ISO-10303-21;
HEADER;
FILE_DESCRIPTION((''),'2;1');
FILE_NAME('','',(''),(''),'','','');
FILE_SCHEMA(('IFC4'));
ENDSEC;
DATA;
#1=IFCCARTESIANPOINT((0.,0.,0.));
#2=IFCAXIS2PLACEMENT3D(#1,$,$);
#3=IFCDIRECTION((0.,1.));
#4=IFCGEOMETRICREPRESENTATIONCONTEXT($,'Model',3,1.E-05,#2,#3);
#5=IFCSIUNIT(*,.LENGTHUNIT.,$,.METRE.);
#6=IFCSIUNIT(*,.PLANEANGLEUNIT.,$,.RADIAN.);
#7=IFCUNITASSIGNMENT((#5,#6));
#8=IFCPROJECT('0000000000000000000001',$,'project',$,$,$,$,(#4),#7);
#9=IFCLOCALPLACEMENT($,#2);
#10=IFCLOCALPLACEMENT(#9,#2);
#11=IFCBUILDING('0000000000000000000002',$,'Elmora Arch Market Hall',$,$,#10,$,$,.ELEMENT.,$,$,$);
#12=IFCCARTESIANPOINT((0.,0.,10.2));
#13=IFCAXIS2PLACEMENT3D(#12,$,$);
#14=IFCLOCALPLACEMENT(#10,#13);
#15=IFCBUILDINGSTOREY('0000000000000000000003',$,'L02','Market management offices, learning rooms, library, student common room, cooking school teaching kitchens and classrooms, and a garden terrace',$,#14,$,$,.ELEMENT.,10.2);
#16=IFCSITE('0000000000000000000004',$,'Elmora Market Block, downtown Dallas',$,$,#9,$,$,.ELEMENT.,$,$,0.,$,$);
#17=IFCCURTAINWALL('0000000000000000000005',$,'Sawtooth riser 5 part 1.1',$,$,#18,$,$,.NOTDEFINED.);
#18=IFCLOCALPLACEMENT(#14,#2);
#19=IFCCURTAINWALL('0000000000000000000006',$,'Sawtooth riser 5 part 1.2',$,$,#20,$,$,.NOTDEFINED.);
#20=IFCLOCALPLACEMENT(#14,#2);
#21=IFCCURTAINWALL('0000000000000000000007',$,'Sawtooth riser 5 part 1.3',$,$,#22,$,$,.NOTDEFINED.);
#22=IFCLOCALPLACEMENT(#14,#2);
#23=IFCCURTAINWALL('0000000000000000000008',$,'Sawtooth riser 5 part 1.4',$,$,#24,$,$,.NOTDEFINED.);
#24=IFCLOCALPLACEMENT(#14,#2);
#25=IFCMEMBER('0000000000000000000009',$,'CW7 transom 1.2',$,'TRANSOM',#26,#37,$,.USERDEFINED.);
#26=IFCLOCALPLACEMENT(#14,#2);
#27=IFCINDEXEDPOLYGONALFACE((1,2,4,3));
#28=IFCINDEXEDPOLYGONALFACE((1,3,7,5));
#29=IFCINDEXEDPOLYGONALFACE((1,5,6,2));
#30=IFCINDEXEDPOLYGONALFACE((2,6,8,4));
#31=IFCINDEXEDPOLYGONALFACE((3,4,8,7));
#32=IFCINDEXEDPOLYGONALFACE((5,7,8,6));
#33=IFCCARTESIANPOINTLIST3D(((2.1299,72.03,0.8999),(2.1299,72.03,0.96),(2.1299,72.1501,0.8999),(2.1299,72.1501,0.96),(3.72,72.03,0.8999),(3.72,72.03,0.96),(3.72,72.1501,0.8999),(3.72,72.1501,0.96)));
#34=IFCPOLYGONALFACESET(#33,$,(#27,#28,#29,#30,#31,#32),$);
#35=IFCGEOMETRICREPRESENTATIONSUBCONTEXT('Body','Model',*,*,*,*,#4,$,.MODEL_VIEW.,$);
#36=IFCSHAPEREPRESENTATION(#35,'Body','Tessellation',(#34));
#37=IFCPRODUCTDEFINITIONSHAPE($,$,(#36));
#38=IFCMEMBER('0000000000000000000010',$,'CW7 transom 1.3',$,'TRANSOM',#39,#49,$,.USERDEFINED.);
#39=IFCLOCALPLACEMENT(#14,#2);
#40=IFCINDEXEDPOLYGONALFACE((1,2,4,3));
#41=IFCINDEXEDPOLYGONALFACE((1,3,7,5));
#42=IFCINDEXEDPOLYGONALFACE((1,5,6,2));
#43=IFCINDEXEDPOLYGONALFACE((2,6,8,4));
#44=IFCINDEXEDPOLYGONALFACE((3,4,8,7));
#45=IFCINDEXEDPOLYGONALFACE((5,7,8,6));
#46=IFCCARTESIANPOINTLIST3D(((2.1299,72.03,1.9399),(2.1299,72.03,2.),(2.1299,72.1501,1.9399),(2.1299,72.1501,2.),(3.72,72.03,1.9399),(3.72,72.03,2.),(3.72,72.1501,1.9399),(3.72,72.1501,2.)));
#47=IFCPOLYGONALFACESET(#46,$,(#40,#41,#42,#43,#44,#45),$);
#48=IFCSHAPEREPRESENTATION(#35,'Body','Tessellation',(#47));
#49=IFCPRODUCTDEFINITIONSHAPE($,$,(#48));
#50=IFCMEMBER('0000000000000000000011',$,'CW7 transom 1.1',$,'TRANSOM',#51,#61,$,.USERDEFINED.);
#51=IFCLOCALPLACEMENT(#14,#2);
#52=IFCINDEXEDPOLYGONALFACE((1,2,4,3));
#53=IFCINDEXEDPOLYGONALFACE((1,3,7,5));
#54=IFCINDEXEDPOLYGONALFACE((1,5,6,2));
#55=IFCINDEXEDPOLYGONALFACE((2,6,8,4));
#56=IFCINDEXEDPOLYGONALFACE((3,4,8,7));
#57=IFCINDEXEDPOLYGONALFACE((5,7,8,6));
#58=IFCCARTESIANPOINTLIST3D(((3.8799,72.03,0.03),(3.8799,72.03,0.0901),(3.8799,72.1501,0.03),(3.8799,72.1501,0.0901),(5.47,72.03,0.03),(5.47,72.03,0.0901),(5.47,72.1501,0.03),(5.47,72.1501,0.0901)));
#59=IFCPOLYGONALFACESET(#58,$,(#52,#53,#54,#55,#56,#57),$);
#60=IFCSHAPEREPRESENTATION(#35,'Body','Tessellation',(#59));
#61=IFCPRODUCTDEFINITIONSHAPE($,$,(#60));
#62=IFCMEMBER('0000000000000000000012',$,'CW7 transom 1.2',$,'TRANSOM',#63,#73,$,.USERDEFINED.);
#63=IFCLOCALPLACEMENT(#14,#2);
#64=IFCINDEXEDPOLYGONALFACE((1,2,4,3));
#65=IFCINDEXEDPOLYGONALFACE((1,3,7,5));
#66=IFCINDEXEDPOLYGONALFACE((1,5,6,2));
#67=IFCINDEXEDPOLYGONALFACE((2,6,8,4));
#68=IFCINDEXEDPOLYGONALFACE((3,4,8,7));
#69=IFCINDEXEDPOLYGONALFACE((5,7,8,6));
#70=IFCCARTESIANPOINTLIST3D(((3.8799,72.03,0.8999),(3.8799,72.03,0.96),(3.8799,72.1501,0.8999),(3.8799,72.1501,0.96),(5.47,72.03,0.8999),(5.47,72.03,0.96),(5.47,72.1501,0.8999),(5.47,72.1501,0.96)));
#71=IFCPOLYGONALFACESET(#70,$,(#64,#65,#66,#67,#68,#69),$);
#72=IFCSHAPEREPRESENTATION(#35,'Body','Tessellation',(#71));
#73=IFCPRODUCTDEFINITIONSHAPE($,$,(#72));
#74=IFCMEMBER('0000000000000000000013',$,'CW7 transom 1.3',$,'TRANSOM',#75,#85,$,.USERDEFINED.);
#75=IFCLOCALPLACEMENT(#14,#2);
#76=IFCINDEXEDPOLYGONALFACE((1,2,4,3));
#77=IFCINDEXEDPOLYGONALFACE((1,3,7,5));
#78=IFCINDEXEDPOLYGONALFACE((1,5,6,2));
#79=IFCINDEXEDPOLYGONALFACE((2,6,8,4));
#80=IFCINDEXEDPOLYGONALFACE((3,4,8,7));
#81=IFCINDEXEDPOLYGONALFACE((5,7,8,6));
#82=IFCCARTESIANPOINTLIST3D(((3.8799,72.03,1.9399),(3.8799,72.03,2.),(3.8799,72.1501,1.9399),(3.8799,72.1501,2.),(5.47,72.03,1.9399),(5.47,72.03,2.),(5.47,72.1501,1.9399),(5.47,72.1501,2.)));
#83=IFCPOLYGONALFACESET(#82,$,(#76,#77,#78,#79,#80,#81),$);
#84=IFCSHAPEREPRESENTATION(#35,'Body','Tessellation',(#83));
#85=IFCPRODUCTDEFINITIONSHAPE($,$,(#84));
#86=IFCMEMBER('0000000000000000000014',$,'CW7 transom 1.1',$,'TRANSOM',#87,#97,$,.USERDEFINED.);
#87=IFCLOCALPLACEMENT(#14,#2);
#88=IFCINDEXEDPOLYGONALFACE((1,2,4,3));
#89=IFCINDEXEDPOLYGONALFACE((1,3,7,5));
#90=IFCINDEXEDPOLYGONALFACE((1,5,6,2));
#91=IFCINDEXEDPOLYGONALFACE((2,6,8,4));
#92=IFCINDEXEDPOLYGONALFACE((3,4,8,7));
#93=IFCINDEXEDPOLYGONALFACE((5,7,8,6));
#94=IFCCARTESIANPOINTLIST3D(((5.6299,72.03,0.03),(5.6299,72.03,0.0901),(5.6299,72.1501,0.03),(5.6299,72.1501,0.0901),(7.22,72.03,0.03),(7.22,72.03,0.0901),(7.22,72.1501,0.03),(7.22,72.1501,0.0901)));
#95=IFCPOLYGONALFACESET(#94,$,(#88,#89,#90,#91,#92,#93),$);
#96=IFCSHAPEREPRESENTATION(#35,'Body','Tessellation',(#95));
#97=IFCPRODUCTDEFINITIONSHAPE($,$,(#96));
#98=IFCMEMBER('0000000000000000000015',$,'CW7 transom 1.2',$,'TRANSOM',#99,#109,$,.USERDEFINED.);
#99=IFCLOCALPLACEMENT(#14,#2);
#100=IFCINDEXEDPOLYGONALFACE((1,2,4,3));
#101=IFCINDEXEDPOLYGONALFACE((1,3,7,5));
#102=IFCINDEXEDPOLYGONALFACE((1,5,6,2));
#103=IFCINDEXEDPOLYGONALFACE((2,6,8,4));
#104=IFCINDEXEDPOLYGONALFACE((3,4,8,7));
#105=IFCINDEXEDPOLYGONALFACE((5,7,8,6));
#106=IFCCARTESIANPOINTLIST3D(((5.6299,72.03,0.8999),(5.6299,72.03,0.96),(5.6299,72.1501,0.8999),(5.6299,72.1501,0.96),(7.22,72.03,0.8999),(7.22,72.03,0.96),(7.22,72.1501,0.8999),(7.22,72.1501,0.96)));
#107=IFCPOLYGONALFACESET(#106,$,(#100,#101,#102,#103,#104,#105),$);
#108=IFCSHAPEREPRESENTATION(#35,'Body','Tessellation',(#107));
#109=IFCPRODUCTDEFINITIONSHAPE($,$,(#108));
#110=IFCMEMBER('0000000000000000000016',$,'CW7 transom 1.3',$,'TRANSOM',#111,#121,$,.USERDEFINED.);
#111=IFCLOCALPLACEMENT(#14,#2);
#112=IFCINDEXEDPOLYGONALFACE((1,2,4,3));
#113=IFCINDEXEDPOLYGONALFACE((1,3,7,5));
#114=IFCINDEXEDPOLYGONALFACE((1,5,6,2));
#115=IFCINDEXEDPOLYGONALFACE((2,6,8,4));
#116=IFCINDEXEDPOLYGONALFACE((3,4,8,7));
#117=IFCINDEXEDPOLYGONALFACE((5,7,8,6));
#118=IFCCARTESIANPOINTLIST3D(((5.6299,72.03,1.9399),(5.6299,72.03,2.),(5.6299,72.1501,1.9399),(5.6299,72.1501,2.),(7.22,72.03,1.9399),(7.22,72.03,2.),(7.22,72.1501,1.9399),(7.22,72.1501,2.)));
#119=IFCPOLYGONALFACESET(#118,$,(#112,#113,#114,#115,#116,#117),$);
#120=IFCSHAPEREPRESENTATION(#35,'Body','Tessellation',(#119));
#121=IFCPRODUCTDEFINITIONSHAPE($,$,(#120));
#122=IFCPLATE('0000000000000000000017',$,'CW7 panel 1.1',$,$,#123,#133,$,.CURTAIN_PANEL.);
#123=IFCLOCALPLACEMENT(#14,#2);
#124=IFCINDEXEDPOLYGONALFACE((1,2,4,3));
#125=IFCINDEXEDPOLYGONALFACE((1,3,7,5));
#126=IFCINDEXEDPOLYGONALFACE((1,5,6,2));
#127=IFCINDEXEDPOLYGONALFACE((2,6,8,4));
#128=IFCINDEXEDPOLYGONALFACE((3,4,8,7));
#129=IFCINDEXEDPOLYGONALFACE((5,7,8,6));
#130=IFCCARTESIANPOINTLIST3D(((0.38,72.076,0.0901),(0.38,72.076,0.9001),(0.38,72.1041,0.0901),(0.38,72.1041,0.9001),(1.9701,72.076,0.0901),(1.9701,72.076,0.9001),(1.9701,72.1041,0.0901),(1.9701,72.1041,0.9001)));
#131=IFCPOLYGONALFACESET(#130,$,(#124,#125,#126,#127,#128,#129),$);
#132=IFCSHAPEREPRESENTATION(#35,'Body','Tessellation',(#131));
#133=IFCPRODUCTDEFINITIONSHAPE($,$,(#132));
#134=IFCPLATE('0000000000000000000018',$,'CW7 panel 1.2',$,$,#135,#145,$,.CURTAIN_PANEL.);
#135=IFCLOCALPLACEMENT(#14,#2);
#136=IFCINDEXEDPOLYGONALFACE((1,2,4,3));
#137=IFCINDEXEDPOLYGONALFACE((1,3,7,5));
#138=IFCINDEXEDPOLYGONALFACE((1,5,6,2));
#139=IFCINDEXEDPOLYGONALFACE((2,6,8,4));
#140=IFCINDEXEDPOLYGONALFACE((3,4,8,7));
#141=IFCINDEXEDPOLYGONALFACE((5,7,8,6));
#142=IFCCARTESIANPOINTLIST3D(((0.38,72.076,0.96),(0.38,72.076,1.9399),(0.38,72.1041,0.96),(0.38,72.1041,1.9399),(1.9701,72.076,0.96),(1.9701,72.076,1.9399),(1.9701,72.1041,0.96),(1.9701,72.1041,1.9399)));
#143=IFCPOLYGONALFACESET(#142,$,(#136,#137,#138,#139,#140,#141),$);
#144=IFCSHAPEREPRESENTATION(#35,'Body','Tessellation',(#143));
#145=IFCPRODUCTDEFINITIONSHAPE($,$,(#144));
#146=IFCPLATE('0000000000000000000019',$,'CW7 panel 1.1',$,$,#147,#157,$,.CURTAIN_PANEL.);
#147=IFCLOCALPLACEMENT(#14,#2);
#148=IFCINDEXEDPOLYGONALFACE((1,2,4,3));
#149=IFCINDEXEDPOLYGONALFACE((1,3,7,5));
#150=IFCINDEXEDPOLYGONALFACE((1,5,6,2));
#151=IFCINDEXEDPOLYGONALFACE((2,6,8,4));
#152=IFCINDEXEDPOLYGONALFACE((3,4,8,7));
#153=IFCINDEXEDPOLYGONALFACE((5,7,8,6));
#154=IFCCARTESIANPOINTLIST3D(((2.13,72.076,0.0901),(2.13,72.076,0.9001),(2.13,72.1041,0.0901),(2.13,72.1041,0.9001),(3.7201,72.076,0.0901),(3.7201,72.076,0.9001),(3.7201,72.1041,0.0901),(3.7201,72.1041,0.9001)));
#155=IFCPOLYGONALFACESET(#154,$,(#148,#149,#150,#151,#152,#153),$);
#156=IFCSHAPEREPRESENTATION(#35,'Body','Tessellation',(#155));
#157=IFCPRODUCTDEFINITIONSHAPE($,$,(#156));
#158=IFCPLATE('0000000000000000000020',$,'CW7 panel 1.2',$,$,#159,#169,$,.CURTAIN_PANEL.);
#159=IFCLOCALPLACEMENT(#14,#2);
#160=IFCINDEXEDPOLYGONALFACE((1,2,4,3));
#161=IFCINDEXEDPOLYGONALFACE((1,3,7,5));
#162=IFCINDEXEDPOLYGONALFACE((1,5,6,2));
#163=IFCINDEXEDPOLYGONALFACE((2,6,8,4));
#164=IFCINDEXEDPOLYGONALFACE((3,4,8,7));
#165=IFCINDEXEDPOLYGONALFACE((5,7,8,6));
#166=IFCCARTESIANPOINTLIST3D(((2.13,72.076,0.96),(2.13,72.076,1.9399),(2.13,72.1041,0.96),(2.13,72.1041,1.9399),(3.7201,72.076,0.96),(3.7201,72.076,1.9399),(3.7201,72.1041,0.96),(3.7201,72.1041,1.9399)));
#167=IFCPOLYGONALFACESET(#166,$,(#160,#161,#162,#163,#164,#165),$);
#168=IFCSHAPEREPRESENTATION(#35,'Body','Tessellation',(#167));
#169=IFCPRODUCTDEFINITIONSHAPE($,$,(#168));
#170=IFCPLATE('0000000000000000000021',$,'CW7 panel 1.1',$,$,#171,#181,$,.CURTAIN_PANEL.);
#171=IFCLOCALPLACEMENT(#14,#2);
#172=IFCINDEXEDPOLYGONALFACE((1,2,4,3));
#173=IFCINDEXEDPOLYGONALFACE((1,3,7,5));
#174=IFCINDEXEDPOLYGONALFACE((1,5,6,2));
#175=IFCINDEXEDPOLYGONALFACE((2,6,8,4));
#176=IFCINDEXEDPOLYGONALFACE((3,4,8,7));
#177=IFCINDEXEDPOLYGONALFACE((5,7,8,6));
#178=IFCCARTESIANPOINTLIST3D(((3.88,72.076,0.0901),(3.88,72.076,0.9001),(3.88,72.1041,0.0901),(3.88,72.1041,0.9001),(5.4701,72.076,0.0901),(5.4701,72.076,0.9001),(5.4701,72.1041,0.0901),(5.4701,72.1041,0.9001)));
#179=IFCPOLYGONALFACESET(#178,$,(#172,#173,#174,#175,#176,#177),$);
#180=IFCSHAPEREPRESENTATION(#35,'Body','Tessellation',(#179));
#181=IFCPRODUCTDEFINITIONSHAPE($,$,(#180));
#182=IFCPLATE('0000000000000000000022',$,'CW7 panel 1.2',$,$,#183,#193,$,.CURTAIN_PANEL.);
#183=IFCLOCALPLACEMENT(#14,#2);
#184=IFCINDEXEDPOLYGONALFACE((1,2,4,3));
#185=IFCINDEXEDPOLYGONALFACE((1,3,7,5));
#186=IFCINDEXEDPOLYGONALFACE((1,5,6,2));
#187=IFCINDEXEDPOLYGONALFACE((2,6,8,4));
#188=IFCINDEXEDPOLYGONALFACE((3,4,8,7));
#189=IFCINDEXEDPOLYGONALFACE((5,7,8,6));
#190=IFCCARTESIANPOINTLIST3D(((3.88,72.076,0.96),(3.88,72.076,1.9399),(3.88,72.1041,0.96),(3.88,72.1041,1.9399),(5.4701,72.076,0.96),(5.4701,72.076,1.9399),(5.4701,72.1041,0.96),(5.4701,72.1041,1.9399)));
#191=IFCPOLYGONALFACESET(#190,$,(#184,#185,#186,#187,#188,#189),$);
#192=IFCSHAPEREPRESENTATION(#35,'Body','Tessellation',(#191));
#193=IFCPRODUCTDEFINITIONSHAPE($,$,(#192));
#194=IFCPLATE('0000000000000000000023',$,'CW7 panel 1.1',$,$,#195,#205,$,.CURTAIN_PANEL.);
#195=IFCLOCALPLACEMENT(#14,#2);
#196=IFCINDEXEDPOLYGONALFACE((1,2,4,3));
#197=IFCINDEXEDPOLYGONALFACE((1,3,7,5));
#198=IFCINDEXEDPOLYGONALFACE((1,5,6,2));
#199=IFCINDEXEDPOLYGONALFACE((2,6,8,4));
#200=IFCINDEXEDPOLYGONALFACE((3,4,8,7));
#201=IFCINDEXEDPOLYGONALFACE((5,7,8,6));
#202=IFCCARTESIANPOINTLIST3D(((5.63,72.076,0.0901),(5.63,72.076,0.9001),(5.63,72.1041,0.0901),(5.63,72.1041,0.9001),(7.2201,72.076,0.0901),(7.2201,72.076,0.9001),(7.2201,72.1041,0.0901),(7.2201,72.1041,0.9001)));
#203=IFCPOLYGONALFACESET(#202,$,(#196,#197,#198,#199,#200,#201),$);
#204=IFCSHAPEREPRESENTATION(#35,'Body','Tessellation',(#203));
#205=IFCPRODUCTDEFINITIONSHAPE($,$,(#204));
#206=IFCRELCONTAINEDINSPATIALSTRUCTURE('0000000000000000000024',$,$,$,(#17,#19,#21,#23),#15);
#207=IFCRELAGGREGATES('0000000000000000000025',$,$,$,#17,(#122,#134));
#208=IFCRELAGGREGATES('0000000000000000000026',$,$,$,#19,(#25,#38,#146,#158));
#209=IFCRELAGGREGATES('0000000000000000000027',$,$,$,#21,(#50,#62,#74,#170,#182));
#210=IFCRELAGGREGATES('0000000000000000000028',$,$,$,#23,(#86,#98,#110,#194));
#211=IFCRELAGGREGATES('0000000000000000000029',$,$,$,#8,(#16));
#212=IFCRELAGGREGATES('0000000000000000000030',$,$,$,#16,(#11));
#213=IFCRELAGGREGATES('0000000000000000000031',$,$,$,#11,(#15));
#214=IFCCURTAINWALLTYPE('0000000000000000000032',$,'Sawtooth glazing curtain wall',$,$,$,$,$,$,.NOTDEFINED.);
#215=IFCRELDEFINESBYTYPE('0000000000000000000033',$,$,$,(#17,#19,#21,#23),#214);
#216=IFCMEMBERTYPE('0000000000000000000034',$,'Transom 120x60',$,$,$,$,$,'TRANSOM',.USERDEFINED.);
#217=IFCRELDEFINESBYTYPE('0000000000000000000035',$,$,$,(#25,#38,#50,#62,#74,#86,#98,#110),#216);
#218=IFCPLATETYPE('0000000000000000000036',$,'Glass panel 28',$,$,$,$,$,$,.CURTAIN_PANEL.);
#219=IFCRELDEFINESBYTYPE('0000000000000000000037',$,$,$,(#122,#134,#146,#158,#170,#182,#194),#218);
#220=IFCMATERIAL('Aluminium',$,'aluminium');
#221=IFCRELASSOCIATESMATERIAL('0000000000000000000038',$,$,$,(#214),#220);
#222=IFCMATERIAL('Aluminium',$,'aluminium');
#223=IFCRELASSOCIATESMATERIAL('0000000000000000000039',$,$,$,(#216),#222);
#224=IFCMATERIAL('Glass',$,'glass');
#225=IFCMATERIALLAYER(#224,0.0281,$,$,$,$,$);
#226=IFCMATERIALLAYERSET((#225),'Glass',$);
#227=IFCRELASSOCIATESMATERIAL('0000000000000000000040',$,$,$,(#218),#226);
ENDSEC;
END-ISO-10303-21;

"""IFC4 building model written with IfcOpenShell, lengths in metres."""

from ifc_helpers import new_model, si_unit, direction, frame, origin, origin_2d, place, context, subcontext, project, spatial, rectangle, extrude, material, layer, layer_set, material_profile, profile_set, type_object, element, aggregate, save


model = new_model("IFC4")

# Units and contexts
model_context = context("Model", 3, precision=1e-05, world=origin(), true_north=direction((0.0, 1.0)))
body_context = subcontext(model_context, "Body", "Model", "MODEL_VIEW")
ifc_project = project(units=[si_unit("LENGTHUNIT", "METRE"), si_unit("PLANEANGLEUNIT", "RADIAN")], contexts=[model_context])

# Site, building, storey
site_placement = place(None, origin())
site = spatial("IfcSite", under=ifc_project, at=site_placement, Name="Elmora Market Block, downtown Dallas", CompositionType="ELEMENT", RefElevation=0.0)
building_placement = place(site_placement, origin())
building = spatial("IfcBuilding", under=site, at=building_placement, Name="Elmora Arch Market Hall", CompositionType="ELEMENT")
storey_placement = place(building_placement, frame((0.0, 0.0, 10.2)))
storey = spatial("IfcBuildingStorey", under=building, at=storey_placement, Name="L02", Description="Market management offices, learning rooms, library, student common room, cooking school teaching kitchens and classrooms, and a garden terrace", CompositionType="ELEMENT", Elevation=10.2)

# Curtain walls
ifc_material_1 = material(Name="Aluminium", Category="aluminium")
curtain_wall_type = type_object("IfcCurtainWallType", Name="Sawtooth glazing curtain wall", PredefinedType="NOTDEFINED", material=ifc_material_1)
curtain_wall_1_placement = place(storey_placement, origin())
curtain_wall_1 = element("IfcCurtainWall", 1, at=curtain_wall_1_placement, inside=storey, type_object=curtain_wall_type, Name="Sawtooth riser 5 part 1.1", PredefinedType="NOTDEFINED")
curtain_wall_2_placement = place(storey_placement, origin())
curtain_wall_2 = element("IfcCurtainWall", 2, at=curtain_wall_2_placement, inside=storey, type_object=curtain_wall_type, Name="Sawtooth riser 5 part 1.2", PredefinedType="NOTDEFINED")
curtain_wall_3_placement = place(storey_placement, origin())
curtain_wall_3 = element("IfcCurtainWall", 3, at=curtain_wall_3_placement, inside=storey, type_object=curtain_wall_type, Name="Sawtooth riser 5 part 1.3", PredefinedType="NOTDEFINED")

# Curtain wall
curtain_wall_4_placement = place(storey_placement, origin())
curtain_wall_4 = element("IfcCurtainWall", 4, at=curtain_wall_4_placement, inside=storey, type_object=curtain_wall_type, Name="Sawtooth riser 5 part 1.4", PredefinedType="NOTDEFINED")

# Members
ifc_material_2 = material(Name="Aluminium", Category="aluminium")
ifc_material_profile_1 = material_profile(ifc_material_2, rectangle(XDim=0.1201, YDim=0.0601, at=origin_2d()), Name="AL 120x60")
ifc_profile_set_1 = profile_set([ifc_material_profile_1], Name="Aluminium")
member_type_1 = type_object("IfcMemberType", Name="Transom 120x60", ElementType="TRANSOM", PredefinedType="USERDEFINED", material=ifc_profile_set_1)
member_1_placement = place(storey_placement, frame((2.1299, 72.0901, 0.9299), z_axis=(1.0, 0.0, 0.0), x_axis=(0.0, 1.0, 0.0)))
member_1 = element("IfcMember", 5, at=member_1_placement, type_object=member_type_1, Name="CW7 transom 1.2", ObjectType="TRANSOM", PredefinedType="USERDEFINED", context=body_context, shape_type="SweptSolid", body=[
    extrude(rectangle(XDim=0.1201, YDim=0.0601, at=origin_2d()), origin(), (0.0, 0.0, 1.0), 1.5901),
])
member_2_placement = place(storey_placement, frame((2.1299, 72.0901, 1.97), z_axis=(1.0, 0.0, 0.0), x_axis=(0.0, 1.0, 0.0)))
member_2 = element("IfcMember", 6, at=member_2_placement, type_object=member_type_1, Name="CW7 transom 1.3", ObjectType="TRANSOM", PredefinedType="USERDEFINED", context=body_context, shape_type="SweptSolid", body=[
    extrude(rectangle(XDim=0.1201, YDim=0.0601, at=origin_2d()), origin(), (0.0, 0.0, 1.0), 1.5901),
])
member_3_placement = place(storey_placement, frame((3.8799, 72.0901, 0.0601), z_axis=(1.0, 0.0, 0.0), x_axis=(0.0, 1.0, 0.0)))
member_3 = element("IfcMember", 7, at=member_3_placement, type_object=member_type_1, Name="CW7 transom 1.1", ObjectType="TRANSOM", PredefinedType="USERDEFINED", context=body_context, shape_type="SweptSolid", body=[
    extrude(rectangle(XDim=0.1201, YDim=0.0601, at=origin_2d()), origin(), (0.0, 0.0, 1.0), 1.5901),
])
member_4_placement = place(storey_placement, frame((3.8799, 72.0901, 0.9299), z_axis=(1.0, 0.0, 0.0), x_axis=(0.0, 1.0, 0.0)))
member_4 = element("IfcMember", 8, at=member_4_placement, type_object=member_type_1, Name="CW7 transom 1.2", ObjectType="TRANSOM", PredefinedType="USERDEFINED", context=body_context, shape_type="SweptSolid", body=[
    extrude(rectangle(XDim=0.1201, YDim=0.0601, at=origin_2d()), origin(), (0.0, 0.0, 1.0), 1.5901),
])
member_5_placement = place(storey_placement, frame((3.8799, 72.0901, 1.97), z_axis=(1.0, 0.0, 0.0), x_axis=(0.0, 1.0, 0.0)))
member_5 = element("IfcMember", 9, at=member_5_placement, type_object=member_type_1, Name="CW7 transom 1.3", ObjectType="TRANSOM", PredefinedType="USERDEFINED", context=body_context, shape_type="SweptSolid", body=[
    extrude(rectangle(XDim=0.1201, YDim=0.0601, at=origin_2d()), origin(), (0.0, 0.0, 1.0), 1.5901),
])
member_6_placement = place(storey_placement, frame((5.6299, 72.0901, 0.0601), z_axis=(1.0, 0.0, 0.0), x_axis=(0.0, 1.0, 0.0)))
member_6 = element("IfcMember", 10, at=member_6_placement, type_object=member_type_1, Name="CW7 transom 1.1", ObjectType="TRANSOM", PredefinedType="USERDEFINED", context=body_context, shape_type="SweptSolid", body=[
    extrude(rectangle(XDim=0.1201, YDim=0.0601, at=origin_2d()), origin(), (0.0, 0.0, 1.0), 1.5901),
])
member_7_placement = place(storey_placement, frame((5.6299, 72.0901, 0.9299), z_axis=(1.0, 0.0, 0.0), x_axis=(0.0, 1.0, 0.0)))
member_7 = element("IfcMember", 11, at=member_7_placement, type_object=member_type_1, Name="CW7 transom 1.2", ObjectType="TRANSOM", PredefinedType="USERDEFINED", context=body_context, shape_type="SweptSolid", body=[
    extrude(rectangle(XDim=0.1201, YDim=0.0601, at=origin_2d()), origin(), (0.0, 0.0, 1.0), 1.5901),
])
member_8_placement = place(storey_placement, frame((5.6299, 72.0901, 1.97), z_axis=(1.0, 0.0, 0.0), x_axis=(0.0, 1.0, 0.0)))
member_8 = element("IfcMember", 12, at=member_8_placement, type_object=member_type_1, Name="CW7 transom 1.3", ObjectType="TRANSOM", PredefinedType="USERDEFINED", context=body_context, shape_type="SweptSolid", body=[
    extrude(rectangle(XDim=0.1201, YDim=0.0601, at=origin_2d()), origin(), (0.0, 0.0, 1.0), 1.5901),
])

# Plates
ifc_material_3 = material(Name="Glass", Category="glass")
ifc_layer_1 = layer(ifc_material_3, 0.0281)
ifc_layer_set_1 = layer_set([ifc_layer_1], Name="Glass")
plate_type = type_object("IfcPlateType", Name="Glass panel 28", PredefinedType="CURTAIN_PANEL", material=ifc_layer_set_1)
plate_1_placement = place(storey_placement, frame((1.175, 72.0901, 0.0901), z_axis=(0.0, 0.0, 1.0), x_axis=(1.0, 0.0, 0.0)))
plate_1 = element("IfcPlate", 13, at=plate_1_placement, type_object=plate_type, Name="CW7 panel 1.1", PredefinedType="CURTAIN_PANEL", context=body_context, shape_type="SweptSolid", body=[
    extrude(rectangle(XDim=1.5901, YDim=0.0281, at=origin_2d()), origin(), (0.0, 0.0, 1.0), 0.8101),
])
plate_2_placement = place(storey_placement, frame((1.175, 72.0901, 0.96), z_axis=(0.0, 0.0, 1.0), x_axis=(1.0, 0.0, 0.0)))
plate_2 = element("IfcPlate", 14, at=plate_2_placement, type_object=plate_type, Name="CW7 panel 1.2", PredefinedType="CURTAIN_PANEL", context=body_context, shape_type="SweptSolid", body=[
    extrude(rectangle(XDim=1.5901, YDim=0.0281, at=origin_2d()), origin(), (0.0, 0.0, 1.0), 0.98),
])
aggregate(curtain_wall_1, [plate_1, plate_2])
plate_3_placement = place(storey_placement, frame((2.925, 72.0901, 0.0901), z_axis=(0.0, 0.0, 1.0), x_axis=(1.0, 0.0, 0.0)))
plate_3 = element("IfcPlate", 15, at=plate_3_placement, type_object=plate_type, Name="CW7 panel 1.1", PredefinedType="CURTAIN_PANEL", context=body_context, shape_type="SweptSolid", body=[
    extrude(rectangle(XDim=1.5901, YDim=0.0281, at=origin_2d()), origin(), (0.0, 0.0, 1.0), 0.8101),
])
plate_4_placement = place(storey_placement, frame((2.925, 72.0901, 0.96), z_axis=(0.0, 0.0, 1.0), x_axis=(1.0, 0.0, 0.0)))
plate_4 = element("IfcPlate", 16, at=plate_4_placement, type_object=plate_type, Name="CW7 panel 1.2", PredefinedType="CURTAIN_PANEL", context=body_context, shape_type="SweptSolid", body=[
    extrude(rectangle(XDim=1.5901, YDim=0.0281, at=origin_2d()), origin(), (0.0, 0.0, 1.0), 0.98),
])
aggregate(curtain_wall_2, [member_1, member_2, plate_3, plate_4])
plate_5_placement = place(storey_placement, frame((4.675, 72.0901, 0.0901), z_axis=(0.0, 0.0, 1.0), x_axis=(1.0, 0.0, 0.0)))
plate_5 = element("IfcPlate", 17, at=plate_5_placement, type_object=plate_type, Name="CW7 panel 1.1", PredefinedType="CURTAIN_PANEL", context=body_context, shape_type="SweptSolid", body=[
    extrude(rectangle(XDim=1.5901, YDim=0.0281, at=origin_2d()), origin(), (0.0, 0.0, 1.0), 0.8101),
])
plate_6_placement = place(storey_placement, frame((4.675, 72.0901, 0.96), z_axis=(0.0, 0.0, 1.0), x_axis=(1.0, 0.0, 0.0)))
plate_6 = element("IfcPlate", 18, at=plate_6_placement, type_object=plate_type, Name="CW7 panel 1.2", PredefinedType="CURTAIN_PANEL", context=body_context, shape_type="SweptSolid", body=[
    extrude(rectangle(XDim=1.5901, YDim=0.0281, at=origin_2d()), origin(), (0.0, 0.0, 1.0), 0.98),
])
aggregate(curtain_wall_3, [member_3, member_4, member_5, plate_5, plate_6])
plate_7_placement = place(storey_placement, frame((6.425, 72.0901, 0.0901), z_axis=(0.0, 0.0, 1.0), x_axis=(1.0, 0.0, 0.0)))
plate_7 = element("IfcPlate", 19, at=plate_7_placement, type_object=plate_type, Name="CW7 panel 1.1", PredefinedType="CURTAIN_PANEL", context=body_context, shape_type="SweptSolid", body=[
    extrude(rectangle(XDim=1.5901, YDim=0.0281, at=origin_2d()), origin(), (0.0, 0.0, 1.0), 0.8101),
])
aggregate(curtain_wall_4, [member_6, member_7, member_8, plate_7])

save(model, "model.ifc")
